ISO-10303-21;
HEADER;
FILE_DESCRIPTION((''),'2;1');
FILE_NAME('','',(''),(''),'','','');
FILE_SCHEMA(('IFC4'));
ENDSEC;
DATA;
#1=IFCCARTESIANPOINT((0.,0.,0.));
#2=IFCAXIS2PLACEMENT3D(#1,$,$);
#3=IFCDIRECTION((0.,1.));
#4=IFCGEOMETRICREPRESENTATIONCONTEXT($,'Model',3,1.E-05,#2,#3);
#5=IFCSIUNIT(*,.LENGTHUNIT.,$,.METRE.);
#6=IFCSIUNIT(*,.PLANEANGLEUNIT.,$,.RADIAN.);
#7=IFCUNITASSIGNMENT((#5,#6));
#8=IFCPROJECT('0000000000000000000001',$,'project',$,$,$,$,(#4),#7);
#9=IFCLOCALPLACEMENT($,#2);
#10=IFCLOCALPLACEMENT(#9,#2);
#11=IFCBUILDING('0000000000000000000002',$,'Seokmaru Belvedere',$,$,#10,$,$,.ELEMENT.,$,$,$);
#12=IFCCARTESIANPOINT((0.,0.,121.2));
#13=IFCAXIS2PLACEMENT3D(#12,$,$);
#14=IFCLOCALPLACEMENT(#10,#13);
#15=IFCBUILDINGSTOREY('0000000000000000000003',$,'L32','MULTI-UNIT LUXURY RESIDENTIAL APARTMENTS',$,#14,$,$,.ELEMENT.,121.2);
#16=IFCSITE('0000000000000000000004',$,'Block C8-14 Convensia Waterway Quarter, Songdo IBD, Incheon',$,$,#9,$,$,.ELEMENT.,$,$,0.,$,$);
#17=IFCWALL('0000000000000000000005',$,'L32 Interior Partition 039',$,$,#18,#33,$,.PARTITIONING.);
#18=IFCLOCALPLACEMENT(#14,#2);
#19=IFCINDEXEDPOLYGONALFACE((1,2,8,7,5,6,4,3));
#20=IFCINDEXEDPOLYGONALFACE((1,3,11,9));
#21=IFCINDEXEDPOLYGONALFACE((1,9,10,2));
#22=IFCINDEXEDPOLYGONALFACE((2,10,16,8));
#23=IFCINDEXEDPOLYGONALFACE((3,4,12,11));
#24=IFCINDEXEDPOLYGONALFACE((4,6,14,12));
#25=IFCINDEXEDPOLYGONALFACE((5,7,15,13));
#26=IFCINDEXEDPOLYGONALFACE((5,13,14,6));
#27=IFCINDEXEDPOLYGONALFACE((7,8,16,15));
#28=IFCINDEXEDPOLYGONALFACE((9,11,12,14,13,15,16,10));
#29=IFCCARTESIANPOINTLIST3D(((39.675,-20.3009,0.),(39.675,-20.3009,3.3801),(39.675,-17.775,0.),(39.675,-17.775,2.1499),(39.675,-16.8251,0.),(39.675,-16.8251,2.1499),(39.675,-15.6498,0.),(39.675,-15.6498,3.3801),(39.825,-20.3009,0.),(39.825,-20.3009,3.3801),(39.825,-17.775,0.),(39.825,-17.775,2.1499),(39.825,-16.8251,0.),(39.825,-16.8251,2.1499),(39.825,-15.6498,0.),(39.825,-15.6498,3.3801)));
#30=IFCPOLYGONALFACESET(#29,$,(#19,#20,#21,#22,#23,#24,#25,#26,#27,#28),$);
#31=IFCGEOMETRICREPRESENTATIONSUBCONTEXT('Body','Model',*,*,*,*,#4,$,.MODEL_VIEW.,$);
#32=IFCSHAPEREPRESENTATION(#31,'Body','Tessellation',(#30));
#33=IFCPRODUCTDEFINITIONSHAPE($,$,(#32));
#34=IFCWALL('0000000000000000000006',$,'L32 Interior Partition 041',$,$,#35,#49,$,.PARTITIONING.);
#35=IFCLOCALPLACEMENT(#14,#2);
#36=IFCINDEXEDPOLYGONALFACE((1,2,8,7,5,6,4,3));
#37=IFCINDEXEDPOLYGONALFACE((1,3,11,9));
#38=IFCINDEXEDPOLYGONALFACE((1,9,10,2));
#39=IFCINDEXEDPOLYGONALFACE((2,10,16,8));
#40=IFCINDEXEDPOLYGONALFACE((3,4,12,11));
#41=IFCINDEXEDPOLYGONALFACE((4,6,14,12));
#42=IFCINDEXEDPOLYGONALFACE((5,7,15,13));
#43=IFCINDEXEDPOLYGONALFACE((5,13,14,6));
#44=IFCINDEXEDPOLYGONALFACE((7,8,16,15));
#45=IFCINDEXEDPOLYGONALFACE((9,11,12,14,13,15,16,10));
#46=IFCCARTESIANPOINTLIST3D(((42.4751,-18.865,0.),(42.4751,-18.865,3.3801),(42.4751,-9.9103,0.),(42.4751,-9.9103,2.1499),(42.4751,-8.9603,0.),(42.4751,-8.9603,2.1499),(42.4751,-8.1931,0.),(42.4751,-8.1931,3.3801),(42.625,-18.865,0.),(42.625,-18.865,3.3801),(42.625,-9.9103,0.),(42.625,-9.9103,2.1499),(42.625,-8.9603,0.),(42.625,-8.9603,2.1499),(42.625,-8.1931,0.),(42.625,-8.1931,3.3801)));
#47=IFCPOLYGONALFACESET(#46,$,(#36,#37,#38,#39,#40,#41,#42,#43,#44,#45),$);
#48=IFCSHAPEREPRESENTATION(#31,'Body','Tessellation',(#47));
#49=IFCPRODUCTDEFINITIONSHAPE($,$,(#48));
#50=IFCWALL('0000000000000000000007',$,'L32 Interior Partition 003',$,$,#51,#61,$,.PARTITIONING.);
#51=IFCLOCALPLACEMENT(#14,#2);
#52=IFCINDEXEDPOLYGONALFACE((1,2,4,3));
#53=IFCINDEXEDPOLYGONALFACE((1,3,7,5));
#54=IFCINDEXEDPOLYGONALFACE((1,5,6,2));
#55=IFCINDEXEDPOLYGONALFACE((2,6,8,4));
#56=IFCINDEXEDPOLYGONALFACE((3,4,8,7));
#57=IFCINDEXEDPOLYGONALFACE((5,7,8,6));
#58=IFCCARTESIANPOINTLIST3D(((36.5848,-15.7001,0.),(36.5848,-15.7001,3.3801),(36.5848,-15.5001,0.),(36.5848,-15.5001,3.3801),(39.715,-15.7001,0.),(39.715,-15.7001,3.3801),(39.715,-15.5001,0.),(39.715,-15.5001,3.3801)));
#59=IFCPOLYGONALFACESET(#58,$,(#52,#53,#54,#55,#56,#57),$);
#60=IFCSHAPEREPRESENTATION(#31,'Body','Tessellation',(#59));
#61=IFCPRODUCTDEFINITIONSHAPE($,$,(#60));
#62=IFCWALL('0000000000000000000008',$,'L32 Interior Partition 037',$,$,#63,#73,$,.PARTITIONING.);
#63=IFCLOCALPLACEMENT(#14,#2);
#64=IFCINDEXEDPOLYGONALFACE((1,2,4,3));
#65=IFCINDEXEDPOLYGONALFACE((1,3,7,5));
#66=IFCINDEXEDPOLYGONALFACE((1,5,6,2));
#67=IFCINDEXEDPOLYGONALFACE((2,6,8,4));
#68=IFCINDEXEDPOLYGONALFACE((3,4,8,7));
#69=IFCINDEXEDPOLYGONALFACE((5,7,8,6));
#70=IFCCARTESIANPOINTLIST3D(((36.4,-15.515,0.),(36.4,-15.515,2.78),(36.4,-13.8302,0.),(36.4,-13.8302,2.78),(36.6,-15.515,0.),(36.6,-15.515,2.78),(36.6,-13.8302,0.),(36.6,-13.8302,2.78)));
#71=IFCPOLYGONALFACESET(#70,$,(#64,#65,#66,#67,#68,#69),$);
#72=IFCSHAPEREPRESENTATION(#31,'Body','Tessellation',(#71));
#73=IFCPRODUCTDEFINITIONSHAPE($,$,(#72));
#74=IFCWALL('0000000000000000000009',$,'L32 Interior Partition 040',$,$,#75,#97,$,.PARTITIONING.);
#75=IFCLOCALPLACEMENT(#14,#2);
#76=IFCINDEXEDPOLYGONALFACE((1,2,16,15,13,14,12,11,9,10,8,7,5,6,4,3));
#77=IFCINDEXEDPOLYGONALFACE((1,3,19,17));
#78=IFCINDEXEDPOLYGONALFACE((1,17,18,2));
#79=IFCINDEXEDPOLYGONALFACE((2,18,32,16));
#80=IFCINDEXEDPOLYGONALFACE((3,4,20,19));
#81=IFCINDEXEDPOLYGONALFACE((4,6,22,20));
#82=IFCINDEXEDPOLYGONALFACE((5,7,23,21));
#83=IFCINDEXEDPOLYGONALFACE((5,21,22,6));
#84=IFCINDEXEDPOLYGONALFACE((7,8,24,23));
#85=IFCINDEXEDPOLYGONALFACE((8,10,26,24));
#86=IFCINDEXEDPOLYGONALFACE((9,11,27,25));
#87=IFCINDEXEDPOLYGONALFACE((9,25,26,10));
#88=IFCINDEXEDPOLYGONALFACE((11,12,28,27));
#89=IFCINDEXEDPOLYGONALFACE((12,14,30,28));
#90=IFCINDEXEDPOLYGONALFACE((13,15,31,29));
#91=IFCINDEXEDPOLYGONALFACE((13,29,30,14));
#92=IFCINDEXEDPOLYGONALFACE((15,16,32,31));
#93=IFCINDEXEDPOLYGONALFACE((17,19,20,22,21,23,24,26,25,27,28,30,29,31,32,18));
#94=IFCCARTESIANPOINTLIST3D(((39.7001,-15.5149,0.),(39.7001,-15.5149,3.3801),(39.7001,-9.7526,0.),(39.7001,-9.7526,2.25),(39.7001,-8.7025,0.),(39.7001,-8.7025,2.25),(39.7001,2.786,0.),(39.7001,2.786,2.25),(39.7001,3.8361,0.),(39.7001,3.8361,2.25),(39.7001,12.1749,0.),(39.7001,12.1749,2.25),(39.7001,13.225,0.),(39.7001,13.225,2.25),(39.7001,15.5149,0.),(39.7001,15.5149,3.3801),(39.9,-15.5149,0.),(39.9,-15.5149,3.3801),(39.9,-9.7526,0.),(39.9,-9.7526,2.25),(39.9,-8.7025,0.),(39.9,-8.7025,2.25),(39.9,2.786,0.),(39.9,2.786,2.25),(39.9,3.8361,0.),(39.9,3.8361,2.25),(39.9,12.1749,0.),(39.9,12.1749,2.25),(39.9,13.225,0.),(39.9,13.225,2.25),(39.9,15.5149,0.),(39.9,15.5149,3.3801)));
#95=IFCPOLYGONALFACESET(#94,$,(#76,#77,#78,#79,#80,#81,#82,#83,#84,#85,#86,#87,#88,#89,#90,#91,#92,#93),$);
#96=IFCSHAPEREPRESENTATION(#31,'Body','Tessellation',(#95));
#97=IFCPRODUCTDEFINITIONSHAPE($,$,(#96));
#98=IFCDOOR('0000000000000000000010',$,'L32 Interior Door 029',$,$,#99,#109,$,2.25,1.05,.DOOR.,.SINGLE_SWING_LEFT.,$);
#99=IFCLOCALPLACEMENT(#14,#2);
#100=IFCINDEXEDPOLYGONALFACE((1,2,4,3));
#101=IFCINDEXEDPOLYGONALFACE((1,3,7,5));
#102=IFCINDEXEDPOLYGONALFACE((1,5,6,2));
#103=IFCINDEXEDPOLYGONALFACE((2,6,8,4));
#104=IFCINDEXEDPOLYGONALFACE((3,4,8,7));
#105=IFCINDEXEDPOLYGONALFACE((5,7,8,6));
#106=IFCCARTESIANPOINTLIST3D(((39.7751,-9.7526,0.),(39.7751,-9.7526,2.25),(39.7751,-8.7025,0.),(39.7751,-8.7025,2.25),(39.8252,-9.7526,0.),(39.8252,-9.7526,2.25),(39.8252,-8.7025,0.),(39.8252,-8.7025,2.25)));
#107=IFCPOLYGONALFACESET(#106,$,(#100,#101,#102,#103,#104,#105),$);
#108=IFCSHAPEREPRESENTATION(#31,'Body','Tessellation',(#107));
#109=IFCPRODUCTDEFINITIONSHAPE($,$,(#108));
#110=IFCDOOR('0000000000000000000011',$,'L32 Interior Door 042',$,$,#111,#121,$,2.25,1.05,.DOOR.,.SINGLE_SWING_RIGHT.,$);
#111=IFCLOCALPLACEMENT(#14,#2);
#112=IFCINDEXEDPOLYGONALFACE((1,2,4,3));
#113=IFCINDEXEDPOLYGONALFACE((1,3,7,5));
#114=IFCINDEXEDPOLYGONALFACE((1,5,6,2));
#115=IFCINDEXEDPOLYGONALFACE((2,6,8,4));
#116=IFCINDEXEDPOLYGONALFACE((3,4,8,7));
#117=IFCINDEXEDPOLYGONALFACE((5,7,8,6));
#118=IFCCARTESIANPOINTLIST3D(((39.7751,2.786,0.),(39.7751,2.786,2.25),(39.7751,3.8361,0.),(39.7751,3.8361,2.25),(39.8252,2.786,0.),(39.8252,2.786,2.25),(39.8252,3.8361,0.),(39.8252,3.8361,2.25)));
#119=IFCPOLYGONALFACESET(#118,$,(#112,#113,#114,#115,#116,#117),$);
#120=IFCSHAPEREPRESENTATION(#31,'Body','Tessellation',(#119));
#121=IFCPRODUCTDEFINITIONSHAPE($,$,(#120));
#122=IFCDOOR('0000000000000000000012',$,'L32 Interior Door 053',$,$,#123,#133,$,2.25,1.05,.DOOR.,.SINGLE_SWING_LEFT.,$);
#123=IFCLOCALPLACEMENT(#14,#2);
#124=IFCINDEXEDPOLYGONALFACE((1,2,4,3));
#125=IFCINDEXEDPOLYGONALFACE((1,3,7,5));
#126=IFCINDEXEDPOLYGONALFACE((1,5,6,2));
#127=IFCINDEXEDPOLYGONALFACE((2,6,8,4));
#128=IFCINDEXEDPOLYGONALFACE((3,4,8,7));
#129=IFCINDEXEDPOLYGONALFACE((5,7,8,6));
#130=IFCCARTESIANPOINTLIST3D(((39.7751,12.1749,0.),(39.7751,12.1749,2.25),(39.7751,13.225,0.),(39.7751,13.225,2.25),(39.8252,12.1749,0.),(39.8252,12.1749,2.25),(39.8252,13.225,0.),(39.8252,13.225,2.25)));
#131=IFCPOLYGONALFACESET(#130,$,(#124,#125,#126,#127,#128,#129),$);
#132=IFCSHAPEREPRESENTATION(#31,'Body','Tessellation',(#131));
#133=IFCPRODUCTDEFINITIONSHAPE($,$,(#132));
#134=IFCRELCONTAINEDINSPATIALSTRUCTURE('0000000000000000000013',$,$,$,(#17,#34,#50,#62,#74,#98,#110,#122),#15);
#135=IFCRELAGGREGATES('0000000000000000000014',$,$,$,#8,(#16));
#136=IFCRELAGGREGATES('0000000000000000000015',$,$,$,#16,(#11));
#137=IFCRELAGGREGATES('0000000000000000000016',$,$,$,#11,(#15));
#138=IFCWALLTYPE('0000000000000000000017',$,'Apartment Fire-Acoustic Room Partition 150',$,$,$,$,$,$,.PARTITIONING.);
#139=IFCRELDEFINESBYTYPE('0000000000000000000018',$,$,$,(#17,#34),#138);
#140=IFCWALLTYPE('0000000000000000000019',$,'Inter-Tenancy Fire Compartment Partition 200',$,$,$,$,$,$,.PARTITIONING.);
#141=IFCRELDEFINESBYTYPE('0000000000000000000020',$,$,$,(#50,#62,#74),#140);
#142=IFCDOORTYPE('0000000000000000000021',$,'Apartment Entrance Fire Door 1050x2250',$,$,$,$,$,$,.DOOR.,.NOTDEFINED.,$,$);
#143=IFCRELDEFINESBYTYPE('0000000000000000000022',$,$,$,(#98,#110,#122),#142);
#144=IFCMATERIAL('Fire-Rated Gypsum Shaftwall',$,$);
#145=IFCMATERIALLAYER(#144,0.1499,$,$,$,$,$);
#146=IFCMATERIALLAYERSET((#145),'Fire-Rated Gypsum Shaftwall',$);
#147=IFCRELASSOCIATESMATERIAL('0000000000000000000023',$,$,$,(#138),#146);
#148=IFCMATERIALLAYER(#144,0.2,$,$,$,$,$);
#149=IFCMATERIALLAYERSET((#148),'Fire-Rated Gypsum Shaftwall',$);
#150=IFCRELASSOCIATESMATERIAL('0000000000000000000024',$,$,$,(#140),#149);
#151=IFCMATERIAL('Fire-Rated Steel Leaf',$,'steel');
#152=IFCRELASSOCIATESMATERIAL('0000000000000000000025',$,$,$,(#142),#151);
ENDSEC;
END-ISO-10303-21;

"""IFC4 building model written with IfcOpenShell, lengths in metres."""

from ifc_helpers import new_model, si_unit, direction, frame, frame_2d, origin, place, context, subcontext, project, spatial, rectangle, extrude, source, transform, mapped, material, layer, layer_set, type_object, type_shapes, element, fill, save


model = new_model("IFC4")

# Units and contexts
model_context = context("Model", 3, precision=1e-05, world=origin(), true_north=direction((0.0, 1.0)))
body_context = subcontext(model_context, "Body", "Model", "MODEL_VIEW")
ifc_project = project(units=[si_unit("LENGTHUNIT", "METRE"), si_unit("PLANEANGLEUNIT", "RADIAN")], contexts=[model_context])

# Site, building, storey
site_placement = place(None, origin())
site = spatial("IfcSite", under=ifc_project, at=site_placement, Name="Block C8-14 Convensia Waterway Quarter, Songdo IBD, Incheon", CompositionType="ELEMENT", RefElevation=0.0)
building_placement = place(site_placement, origin())
building = spatial("IfcBuilding", under=site, at=building_placement, Name="Seokmaru Belvedere", CompositionType="ELEMENT")
storey_placement = place(building_placement, frame((0.0, 0.0, 121.2)))
storey = spatial("IfcBuildingStorey", under=building, at=storey_placement, Name="L32", Description="MULTI-UNIT LUXURY RESIDENTIAL APARTMENTS", CompositionType="ELEMENT", Elevation=121.2)

# Walls, openings
ifc_material_1 = material(Name="Fire-Rated Gypsum Shaftwall")
ifc_layer_1 = layer(ifc_material_1, 0.1499)
ifc_layer_set_1 = layer_set([ifc_layer_1], Name="Fire-Rated Gypsum Shaftwall")
wall_type_1 = type_object("IfcWallType", Name="Apartment Fire-Acoustic Room Partition 150", PredefinedType="PARTITIONING", material=ifc_layer_set_1)
wall_1_placement = place(storey_placement, frame((39.75, -20.301, 0.0), z_axis=(0.0, 0.0, 1.0), x_axis=(0.0, 1.0, 0.0)))
wall_1 = element("IfcWall", 1, at=wall_1_placement, inside=storey, type_object=wall_type_1, Name="L32 Interior Partition 039", PredefinedType="PARTITIONING", context=body_context, shape_type="SweptSolid", body=[
    extrude(rectangle(XDim=4.6511, YDim=0.1499, at=frame_2d((2.3257, 0.0))), origin(), (0.0, 0.0, 1.0), 3.3801),
])
opening_1_placement = place(wall_1_placement, frame((2.5259, 0.0, 0.0)))
element("IfcOpeningElement", 2, at=opening_1_placement, cuts=wall_1, PredefinedType="OPENING", context=body_context, shape_type="SweptSolid", body=[
    extrude(rectangle(XDim=0.95, YDim=2.1499, at=frame_2d((0.4751, 1.075))), frame((0.0, 0.085, 0.0), z_axis=(0.0, -1.0, 0.0), x_axis=(1.0, 0.0, 0.0)), (0.0, 0.0, 1.0), 0.1699),
])
wall_2_placement = place(storey_placement, frame((42.55, -18.865, 0.0), z_axis=(0.0, 0.0, 1.0), x_axis=(0.0, 1.0, 0.0)))
wall_2 = element("IfcWall", 3, at=wall_2_placement, inside=storey, type_object=wall_type_1, Name="L32 Interior Partition 041", PredefinedType="PARTITIONING", context=body_context, shape_type="SweptSolid", body=[
    extrude(rectangle(XDim=10.6719, YDim=0.1499, at=frame_2d((5.3359, 0.0))), origin(), (0.0, 0.0, 1.0), 3.3801),
])
opening_2_placement = place(wall_2_placement, frame((8.9546, 0.0, 0.0)))
element("IfcOpeningElement", 4, at=opening_2_placement, cuts=wall_2, PredefinedType="OPENING", context=body_context, shape_type="SweptSolid", body=[
    extrude(rectangle(XDim=0.95, YDim=2.1499, at=frame_2d((0.4751, 1.075))), frame((0.0, 0.085, 0.0), z_axis=(0.0, -1.0, 0.0), x_axis=(1.0, 0.0, 0.0)), (0.0, 0.0, 1.0), 0.1699),
])

# Walls
ifc_layer_2 = layer(ifc_material_1, 0.2)
ifc_layer_set_2 = layer_set([ifc_layer_2], Name="Fire-Rated Gypsum Shaftwall")
wall_type_2 = type_object("IfcWallType", Name="Inter-Tenancy Fire Compartment Partition 200", PredefinedType="PARTITIONING", material=ifc_layer_set_2)
wall_3_placement = place(storey_placement, frame((36.585, -15.6001, 0.0), z_axis=(0.0, 0.0, 1.0), x_axis=(1.0, 0.0, 0.0)))
element("IfcWall", 5, at=wall_3_placement, inside=storey, type_object=wall_type_2, Name="L32 Interior Partition 003", PredefinedType="PARTITIONING", context=body_context, shape_type="SweptSolid", body=[
    extrude(rectangle(XDim=3.1301, YDim=0.2, at=frame_2d((1.5649, 0.0))), origin(), (0.0, 0.0, 1.0), 3.3801),
])
wall_4_placement = place(storey_placement, frame((36.5, -15.5149, 0.0), z_axis=(0.0, 0.0, 1.0), x_axis=(0.0, 1.0, 0.0)))
element("IfcWall", 6, at=wall_4_placement, inside=storey, type_object=wall_type_2, Name="L32 Interior Partition 037", PredefinedType="PARTITIONING", context=body_context, shape_type="SweptSolid", body=[
    extrude(rectangle(XDim=1.6848, YDim=0.2, at=frame_2d((0.8423, 0.0))), origin(), (0.0, 0.0, 1.0), 2.78),
])

# Wall, openings, doors
wall_5_placement = place(storey_placement, frame((39.8, -15.5149, 0.0), z_axis=(0.0, 0.0, 1.0), x_axis=(0.0, 1.0, 0.0)))
wall_5 = element("IfcWall", 7, at=wall_5_placement, inside=storey, type_object=wall_type_2, Name="L32 Interior Partition 040", PredefinedType="PARTITIONING", context=body_context, shape_type="SweptSolid", body=[
    extrude(rectangle(XDim=31.0298, YDim=0.2, at=frame_2d((15.5149, 0.0))), origin(), (0.0, 0.0, 1.0), 3.3801),
])
opening_3_placement = place(wall_5_placement, frame((5.7625, 0.0, 0.0)))
opening_3 = element("IfcOpeningElement", 8, at=opening_3_placement, cuts=wall_5, PredefinedType="OPENING", context=body_context, shape_type="SweptSolid", body=[
    extrude(rectangle(XDim=1.05, YDim=2.25, at=frame_2d((0.5249, 1.125))), frame((0.0, 0.1099, 0.0), z_axis=(0.0, -1.0, 0.0), x_axis=(1.0, 0.0, 0.0)), (0.0, 0.0, 1.0), 0.22),
])
opening_4_placement = place(wall_5_placement, frame((18.301, 0.0, 0.0)))
opening_4 = element("IfcOpeningElement", 9, at=opening_4_placement, cuts=wall_5, PredefinedType="OPENING", context=body_context, shape_type="SweptSolid", body=[
    extrude(rectangle(XDim=1.05, YDim=2.25, at=frame_2d((0.5249, 1.125))), frame((0.0, 0.1099, 0.0), z_axis=(0.0, -1.0, 0.0), x_axis=(1.0, 0.0, 0.0)), (0.0, 0.0, 1.0), 0.22),
])
opening_5_placement = place(wall_5_placement, frame((27.6899, 0.0, 0.0)))
opening_5 = element("IfcOpeningElement", 10, at=opening_5_placement, cuts=wall_5, PredefinedType="OPENING", context=body_context, shape_type="SweptSolid", body=[
    extrude(rectangle(XDim=1.05, YDim=2.25, at=frame_2d((0.5249, 1.125))), frame((0.0, 0.1099, 0.0), z_axis=(0.0, -1.0, 0.0), x_axis=(1.0, 0.0, 0.0)), (0.0, 0.0, 1.0), 0.22),
])
ifc_material_2 = material(Name="Fire-Rated Steel Leaf", Category="steel")
door_type = type_object("IfcDoorType", Name="Apartment Entrance Fire Door 1050x2250", OperationType="NOTDEFINED", PredefinedType="DOOR", material=ifc_material_2)
shared_shape_1 = source(origin(), body_context, "Body", "SweptSolid", [
    extrude(rectangle(XDim=1.05, YDim=2.25, at=frame_2d((0.5249, 1.125))), frame((0.0, 0.0249, 0.0), z_axis=(0.0, -1.0, 0.0), x_axis=(1.0, 0.0, 0.0)), (0.0, 0.0, 1.0), 0.05),
])
type_shapes(door_type, [shared_shape_1])
door_1_placement = place(opening_3_placement, origin())
door_1 = element("IfcDoor", 11, at=door_1_placement, inside=storey, type_object=door_type, Name="L32 Interior Door 029", OperationType="SINGLE_SWING_LEFT", OverallHeight=2.25, OverallWidth=1.05, PredefinedType="DOOR", context=body_context, shape_type="MappedRepresentation", body=[
    mapped(shared_shape_1, transform((0.0, 0.0, 0.0), scale=1.0)),
])
fill(opening_3, door_1)
door_2_placement = place(opening_4_placement, origin())
door_2 = element("IfcDoor", 12, at=door_2_placement, inside=storey, type_object=door_type, Name="L32 Interior Door 042", OperationType="SINGLE_SWING_RIGHT", OverallHeight=2.25, OverallWidth=1.05, PredefinedType="DOOR", context=body_context, shape_type="MappedRepresentation", body=[
    mapped(shared_shape_1, transform((0.0, 0.0, 0.0), scale=1.0)),
])
fill(opening_4, door_2)
door_3_placement = place(opening_5_placement, origin())
door_3 = element("IfcDoor", 13, at=door_3_placement, inside=storey, type_object=door_type, Name="L32 Interior Door 053", OperationType="SINGLE_SWING_LEFT", OverallHeight=2.25, OverallWidth=1.05, PredefinedType="DOOR", context=body_context, shape_type="MappedRepresentation", body=[
    mapped(shared_shape_1, transform((0.0, 0.0, 0.0), scale=1.0)),
])
fill(opening_5, door_3)

save(model, "model.ifc")
